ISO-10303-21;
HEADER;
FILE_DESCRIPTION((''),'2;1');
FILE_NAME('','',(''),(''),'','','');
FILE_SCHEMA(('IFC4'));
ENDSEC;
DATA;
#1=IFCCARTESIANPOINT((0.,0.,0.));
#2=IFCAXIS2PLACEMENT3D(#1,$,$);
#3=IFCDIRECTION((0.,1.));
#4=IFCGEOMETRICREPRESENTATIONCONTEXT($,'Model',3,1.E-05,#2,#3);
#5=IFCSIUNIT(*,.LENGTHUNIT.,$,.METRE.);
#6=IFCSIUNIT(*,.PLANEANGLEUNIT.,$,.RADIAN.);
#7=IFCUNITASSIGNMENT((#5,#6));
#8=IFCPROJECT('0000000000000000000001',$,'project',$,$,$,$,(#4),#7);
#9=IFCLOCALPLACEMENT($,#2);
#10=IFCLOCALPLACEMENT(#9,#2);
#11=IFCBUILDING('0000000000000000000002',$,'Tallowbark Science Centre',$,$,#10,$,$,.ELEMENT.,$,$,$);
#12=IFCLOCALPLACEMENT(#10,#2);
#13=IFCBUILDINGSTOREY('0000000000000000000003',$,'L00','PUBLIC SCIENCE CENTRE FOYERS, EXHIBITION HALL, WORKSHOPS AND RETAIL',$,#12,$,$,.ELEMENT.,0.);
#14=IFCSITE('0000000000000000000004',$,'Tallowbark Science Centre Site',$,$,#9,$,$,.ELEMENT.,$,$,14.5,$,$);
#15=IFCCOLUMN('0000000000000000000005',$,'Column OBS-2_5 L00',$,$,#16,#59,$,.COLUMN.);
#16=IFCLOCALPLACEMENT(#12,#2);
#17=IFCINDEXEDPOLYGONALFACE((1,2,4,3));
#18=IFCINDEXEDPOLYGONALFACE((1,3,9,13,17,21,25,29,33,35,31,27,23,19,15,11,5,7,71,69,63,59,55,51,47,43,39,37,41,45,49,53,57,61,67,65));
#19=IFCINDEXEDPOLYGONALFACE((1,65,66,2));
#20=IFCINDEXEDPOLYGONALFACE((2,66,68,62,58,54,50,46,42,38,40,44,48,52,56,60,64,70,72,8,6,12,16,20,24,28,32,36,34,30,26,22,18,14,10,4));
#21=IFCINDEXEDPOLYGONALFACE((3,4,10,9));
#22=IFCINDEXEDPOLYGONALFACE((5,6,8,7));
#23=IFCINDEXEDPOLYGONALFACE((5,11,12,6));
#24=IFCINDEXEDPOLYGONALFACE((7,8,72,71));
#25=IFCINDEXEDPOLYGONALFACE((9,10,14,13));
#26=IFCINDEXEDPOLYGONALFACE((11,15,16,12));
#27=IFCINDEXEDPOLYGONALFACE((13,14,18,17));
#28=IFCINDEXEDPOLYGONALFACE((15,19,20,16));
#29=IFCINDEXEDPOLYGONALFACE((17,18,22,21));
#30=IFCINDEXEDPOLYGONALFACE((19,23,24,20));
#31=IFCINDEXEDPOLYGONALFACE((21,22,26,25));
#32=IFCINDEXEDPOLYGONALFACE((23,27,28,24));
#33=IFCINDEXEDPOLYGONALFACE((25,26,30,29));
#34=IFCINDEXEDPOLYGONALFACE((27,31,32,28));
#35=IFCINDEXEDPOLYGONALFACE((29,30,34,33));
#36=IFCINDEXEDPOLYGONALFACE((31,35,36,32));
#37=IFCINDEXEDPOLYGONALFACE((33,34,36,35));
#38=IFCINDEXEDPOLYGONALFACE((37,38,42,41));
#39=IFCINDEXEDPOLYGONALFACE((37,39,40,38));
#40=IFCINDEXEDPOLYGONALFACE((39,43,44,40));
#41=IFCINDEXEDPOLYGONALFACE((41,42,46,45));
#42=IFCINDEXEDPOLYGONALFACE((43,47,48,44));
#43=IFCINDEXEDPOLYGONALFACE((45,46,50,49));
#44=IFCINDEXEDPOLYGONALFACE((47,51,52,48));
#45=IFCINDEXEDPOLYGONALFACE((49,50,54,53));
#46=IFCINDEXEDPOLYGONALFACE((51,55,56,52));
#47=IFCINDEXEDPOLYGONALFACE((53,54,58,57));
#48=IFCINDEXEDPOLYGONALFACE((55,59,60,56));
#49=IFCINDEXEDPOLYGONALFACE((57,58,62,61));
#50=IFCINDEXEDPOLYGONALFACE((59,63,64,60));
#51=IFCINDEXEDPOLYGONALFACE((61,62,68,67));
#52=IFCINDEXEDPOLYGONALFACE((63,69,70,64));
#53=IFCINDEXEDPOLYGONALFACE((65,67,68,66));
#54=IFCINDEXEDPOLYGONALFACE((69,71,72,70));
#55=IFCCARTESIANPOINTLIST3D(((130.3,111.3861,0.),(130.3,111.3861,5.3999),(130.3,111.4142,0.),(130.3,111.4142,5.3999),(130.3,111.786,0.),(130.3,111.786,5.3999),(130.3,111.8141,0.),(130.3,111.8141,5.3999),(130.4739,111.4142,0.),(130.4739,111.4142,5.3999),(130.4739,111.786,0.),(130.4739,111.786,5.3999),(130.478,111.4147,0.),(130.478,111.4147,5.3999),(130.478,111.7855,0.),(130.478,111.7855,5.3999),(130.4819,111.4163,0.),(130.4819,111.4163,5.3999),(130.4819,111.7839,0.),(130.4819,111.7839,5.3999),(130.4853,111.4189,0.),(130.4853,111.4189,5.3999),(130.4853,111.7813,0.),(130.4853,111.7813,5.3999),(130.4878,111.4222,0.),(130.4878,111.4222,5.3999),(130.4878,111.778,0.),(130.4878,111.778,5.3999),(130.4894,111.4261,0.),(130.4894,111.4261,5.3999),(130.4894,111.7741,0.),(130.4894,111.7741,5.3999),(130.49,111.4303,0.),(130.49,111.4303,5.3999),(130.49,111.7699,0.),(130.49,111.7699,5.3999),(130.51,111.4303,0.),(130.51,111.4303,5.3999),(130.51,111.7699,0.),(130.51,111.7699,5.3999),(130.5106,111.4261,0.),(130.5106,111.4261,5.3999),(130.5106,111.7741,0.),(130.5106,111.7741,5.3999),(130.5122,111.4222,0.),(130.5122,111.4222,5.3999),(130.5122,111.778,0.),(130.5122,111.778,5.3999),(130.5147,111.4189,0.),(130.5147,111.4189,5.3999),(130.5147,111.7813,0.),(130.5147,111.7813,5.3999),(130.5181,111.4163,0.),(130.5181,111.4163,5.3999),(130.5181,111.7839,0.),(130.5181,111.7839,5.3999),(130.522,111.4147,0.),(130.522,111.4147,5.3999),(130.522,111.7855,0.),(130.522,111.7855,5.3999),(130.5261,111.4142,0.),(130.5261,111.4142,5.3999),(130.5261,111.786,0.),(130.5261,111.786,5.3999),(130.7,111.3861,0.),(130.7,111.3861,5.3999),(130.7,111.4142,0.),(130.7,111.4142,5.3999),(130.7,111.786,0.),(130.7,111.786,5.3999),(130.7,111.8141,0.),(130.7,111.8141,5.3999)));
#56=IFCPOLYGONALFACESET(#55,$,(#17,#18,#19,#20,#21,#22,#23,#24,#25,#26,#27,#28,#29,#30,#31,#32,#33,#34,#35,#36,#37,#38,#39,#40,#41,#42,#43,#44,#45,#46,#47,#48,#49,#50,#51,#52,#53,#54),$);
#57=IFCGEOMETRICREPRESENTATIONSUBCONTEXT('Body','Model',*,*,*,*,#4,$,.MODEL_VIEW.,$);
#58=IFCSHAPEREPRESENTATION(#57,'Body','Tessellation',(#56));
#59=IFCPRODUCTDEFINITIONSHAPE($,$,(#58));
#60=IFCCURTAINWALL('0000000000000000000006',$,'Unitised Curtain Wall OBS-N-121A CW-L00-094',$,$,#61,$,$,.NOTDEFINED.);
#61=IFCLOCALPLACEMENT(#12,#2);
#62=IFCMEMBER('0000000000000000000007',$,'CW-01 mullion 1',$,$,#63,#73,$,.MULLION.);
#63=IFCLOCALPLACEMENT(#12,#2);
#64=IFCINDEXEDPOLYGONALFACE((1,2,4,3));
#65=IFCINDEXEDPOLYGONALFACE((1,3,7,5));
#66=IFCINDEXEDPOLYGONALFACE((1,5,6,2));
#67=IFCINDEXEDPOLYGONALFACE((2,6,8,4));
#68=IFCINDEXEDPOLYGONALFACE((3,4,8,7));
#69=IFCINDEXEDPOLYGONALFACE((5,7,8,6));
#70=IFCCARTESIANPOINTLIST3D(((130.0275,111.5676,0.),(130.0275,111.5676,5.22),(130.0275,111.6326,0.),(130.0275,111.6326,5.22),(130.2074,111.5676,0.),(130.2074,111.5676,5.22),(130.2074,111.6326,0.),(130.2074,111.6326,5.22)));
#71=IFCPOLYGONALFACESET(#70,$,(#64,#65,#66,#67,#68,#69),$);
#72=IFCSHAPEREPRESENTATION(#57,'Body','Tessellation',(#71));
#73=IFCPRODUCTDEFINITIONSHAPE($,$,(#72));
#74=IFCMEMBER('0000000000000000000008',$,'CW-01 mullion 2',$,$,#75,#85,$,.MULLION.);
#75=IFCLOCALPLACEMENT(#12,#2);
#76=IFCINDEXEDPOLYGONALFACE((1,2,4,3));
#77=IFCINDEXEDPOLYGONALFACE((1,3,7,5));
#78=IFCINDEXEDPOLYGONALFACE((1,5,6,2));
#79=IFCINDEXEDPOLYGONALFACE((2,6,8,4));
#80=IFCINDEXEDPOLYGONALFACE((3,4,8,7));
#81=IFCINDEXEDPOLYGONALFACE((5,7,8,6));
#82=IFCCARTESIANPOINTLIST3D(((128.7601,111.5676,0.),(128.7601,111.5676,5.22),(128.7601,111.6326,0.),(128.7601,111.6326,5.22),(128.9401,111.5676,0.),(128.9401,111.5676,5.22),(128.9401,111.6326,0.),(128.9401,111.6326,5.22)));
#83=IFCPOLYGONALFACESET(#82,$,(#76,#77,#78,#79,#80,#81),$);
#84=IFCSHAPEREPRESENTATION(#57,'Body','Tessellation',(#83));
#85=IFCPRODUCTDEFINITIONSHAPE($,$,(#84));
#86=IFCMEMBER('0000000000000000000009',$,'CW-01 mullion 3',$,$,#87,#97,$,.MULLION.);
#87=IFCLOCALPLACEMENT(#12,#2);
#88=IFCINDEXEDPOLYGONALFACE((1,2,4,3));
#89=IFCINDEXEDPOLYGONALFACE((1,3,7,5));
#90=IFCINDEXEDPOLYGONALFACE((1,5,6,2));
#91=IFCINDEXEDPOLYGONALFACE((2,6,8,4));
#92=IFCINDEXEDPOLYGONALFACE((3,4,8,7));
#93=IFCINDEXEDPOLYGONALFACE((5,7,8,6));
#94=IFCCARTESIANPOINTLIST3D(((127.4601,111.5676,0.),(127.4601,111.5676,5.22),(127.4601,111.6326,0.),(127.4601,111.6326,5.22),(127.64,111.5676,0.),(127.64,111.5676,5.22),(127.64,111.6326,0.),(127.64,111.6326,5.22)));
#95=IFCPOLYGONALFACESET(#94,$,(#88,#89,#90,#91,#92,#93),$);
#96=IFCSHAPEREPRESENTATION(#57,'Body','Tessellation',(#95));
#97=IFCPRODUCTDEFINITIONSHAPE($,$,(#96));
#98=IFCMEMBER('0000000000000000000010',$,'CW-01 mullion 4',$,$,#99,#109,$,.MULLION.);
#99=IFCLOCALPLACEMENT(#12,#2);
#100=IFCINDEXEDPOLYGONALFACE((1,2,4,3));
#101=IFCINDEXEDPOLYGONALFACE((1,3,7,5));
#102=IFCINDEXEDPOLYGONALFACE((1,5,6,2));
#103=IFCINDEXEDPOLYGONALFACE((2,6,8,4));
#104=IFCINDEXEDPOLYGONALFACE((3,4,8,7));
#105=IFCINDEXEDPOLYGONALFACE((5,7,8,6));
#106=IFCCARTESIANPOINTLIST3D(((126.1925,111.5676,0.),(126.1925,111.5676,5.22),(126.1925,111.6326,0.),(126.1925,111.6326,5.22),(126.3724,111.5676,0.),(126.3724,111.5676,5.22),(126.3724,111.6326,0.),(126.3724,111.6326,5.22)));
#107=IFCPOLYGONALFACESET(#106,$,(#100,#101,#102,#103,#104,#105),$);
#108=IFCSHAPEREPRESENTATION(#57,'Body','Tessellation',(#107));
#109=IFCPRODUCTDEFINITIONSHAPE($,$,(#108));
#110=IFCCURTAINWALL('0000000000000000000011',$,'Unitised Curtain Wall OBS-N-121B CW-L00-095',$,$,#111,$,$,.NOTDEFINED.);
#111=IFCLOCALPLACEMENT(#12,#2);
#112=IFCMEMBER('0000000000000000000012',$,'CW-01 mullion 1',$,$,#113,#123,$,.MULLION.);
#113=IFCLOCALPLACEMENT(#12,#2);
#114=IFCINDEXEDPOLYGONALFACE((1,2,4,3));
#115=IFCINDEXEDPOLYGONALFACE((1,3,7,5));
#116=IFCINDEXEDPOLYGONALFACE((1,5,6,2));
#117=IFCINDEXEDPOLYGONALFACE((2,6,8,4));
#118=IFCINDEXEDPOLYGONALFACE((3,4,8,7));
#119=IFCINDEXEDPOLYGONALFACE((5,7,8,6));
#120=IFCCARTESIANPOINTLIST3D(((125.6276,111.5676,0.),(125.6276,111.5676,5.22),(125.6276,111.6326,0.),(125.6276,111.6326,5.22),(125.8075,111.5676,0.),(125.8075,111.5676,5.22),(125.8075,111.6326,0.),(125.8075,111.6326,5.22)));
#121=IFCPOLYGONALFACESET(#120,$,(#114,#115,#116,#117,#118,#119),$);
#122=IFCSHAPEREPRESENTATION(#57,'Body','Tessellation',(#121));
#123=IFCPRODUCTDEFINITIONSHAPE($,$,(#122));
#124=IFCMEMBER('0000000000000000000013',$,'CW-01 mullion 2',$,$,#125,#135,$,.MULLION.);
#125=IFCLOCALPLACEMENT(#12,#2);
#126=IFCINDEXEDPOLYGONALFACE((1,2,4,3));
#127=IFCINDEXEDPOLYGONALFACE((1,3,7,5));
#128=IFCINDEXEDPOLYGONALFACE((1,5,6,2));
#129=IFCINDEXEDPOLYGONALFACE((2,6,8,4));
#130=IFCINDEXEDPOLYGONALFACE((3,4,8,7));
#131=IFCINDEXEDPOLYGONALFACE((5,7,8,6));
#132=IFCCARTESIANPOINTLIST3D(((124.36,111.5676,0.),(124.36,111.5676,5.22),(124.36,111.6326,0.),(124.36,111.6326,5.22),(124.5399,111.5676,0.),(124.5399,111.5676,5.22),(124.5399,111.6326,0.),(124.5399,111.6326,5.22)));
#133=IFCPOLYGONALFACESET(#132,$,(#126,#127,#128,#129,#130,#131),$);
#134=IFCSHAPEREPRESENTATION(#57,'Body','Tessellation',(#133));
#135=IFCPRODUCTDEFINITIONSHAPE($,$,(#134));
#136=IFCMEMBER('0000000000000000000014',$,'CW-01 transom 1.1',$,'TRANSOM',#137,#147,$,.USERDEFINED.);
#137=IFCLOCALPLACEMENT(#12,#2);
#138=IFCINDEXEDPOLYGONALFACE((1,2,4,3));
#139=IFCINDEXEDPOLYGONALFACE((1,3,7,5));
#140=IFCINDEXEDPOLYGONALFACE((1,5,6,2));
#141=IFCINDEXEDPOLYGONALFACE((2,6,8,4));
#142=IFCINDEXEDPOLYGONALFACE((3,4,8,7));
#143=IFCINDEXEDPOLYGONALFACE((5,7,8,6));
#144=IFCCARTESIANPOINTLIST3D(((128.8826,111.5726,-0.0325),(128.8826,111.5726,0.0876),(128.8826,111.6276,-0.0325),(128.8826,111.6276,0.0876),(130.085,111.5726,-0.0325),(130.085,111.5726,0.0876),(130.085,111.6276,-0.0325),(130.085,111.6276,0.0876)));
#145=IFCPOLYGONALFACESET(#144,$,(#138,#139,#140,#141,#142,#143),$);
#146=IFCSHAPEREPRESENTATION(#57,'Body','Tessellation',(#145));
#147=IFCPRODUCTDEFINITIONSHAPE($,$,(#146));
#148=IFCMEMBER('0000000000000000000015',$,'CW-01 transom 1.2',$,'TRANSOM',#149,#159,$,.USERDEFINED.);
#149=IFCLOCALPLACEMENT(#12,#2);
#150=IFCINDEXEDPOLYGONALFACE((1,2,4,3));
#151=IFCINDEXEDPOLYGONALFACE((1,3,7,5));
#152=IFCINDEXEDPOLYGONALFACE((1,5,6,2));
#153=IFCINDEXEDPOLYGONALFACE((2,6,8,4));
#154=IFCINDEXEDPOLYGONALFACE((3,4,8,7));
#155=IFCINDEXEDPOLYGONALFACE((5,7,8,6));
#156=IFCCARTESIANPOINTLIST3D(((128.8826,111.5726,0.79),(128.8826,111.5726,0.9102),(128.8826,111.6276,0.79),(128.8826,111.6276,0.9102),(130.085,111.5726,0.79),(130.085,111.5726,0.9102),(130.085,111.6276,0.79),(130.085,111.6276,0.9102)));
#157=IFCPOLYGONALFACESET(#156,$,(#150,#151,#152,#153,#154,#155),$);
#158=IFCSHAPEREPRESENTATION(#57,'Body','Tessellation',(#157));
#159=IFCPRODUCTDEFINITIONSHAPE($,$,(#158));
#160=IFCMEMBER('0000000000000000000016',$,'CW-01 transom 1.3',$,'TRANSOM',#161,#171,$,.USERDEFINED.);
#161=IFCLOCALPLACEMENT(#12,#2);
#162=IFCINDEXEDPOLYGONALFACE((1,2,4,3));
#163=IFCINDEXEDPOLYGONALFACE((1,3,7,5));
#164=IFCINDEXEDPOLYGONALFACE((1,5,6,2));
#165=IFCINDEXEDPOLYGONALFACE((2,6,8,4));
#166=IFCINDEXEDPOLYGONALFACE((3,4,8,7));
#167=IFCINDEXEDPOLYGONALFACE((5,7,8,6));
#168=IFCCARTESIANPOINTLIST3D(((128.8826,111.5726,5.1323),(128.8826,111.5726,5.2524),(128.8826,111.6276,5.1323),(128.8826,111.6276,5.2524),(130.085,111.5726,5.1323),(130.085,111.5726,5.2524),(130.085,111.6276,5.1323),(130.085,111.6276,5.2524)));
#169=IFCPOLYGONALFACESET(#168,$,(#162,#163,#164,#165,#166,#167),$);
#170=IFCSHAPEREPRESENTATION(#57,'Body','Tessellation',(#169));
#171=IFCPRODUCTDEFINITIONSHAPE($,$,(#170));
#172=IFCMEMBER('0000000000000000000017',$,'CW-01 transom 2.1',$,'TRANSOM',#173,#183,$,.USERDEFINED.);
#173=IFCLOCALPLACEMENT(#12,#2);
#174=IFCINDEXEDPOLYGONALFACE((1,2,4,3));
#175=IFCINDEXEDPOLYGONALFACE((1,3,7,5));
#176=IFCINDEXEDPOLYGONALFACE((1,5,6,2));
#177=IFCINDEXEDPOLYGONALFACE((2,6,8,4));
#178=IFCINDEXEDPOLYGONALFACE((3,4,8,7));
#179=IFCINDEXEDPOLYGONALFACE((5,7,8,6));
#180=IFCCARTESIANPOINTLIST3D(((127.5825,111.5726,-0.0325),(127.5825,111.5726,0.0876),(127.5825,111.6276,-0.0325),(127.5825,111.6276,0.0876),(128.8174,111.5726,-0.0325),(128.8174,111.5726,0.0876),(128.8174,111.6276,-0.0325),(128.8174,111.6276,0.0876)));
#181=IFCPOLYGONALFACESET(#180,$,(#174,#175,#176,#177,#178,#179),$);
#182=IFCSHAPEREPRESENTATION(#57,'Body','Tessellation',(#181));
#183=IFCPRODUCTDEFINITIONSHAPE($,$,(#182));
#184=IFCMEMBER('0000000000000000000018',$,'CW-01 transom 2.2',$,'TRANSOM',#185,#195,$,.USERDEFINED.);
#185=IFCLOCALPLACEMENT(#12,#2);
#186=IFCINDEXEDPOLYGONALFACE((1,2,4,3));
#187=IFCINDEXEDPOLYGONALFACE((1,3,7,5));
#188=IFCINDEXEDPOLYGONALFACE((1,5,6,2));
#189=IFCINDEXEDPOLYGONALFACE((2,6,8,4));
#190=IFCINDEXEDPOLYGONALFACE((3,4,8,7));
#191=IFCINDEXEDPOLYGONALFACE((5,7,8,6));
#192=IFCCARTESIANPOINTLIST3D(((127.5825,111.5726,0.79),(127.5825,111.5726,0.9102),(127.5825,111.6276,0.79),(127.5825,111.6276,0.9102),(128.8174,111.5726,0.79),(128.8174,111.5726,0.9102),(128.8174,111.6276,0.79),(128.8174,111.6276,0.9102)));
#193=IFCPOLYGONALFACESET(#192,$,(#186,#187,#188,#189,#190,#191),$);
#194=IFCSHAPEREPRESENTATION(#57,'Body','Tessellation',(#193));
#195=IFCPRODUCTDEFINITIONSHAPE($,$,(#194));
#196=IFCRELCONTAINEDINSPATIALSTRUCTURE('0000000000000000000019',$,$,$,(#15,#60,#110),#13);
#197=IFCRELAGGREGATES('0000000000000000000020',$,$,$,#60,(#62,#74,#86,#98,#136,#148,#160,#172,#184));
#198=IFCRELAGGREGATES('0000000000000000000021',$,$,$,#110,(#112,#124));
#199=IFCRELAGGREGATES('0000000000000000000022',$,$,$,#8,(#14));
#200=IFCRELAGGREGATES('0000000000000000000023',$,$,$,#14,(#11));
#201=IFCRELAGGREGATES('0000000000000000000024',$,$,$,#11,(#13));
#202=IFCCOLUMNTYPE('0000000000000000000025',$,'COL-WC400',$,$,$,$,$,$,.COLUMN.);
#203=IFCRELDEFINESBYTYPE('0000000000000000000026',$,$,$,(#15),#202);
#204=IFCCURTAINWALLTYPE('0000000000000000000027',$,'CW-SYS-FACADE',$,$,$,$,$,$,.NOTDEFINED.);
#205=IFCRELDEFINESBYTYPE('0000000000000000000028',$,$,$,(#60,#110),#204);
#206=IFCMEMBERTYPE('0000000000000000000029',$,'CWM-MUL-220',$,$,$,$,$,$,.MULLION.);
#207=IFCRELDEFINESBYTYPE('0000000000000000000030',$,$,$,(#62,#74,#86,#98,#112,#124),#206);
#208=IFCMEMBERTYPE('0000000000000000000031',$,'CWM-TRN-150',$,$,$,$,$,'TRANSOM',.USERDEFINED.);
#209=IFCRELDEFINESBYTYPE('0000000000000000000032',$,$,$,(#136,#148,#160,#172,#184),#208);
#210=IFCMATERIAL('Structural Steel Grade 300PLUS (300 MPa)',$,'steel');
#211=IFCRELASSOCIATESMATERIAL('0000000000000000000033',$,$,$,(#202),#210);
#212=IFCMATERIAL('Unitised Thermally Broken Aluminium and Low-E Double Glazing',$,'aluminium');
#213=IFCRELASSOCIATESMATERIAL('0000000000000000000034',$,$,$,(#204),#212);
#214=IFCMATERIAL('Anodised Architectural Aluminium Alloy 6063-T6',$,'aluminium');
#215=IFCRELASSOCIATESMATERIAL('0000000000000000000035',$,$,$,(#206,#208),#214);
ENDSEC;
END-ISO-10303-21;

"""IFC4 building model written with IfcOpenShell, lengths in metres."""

from ifc_helpers import new_model, si_unit, direction, frame, origin, origin_2d, place, context, subcontext, project, spatial, rectangle, i_section, extrude, material, material_profile, profile_set, type_object, element, aggregate, save


model = new_model("IFC4")

# Units and contexts
model_context = context("Model", 3, precision=1e-05, world=origin(), true_north=direction((0.0, 1.0)))
body_context = subcontext(model_context, "Body", "Model", "MODEL_VIEW")
ifc_project = project(units=[si_unit("LENGTHUNIT", "METRE"), si_unit("PLANEANGLEUNIT", "RADIAN")], contexts=[model_context])

# Site, building, storey
site_placement = place(None, origin())
site = spatial("IfcSite", under=ifc_project, at=site_placement, Name="Tallowbark Science Centre Site", CompositionType="ELEMENT", RefElevation=14.5)
building_placement = place(site_placement, origin())
building = spatial("IfcBuilding", under=site, at=building_placement, Name="Tallowbark Science Centre", CompositionType="ELEMENT")
storey_placement = place(building_placement, origin())
storey = spatial("IfcBuildingStorey", under=building, at=storey_placement, Name="L00", Description="PUBLIC SCIENCE CENTRE FOYERS, EXHIBITION HALL, WORKSHOPS AND RETAIL", CompositionType="ELEMENT", Elevation=0.0)

# Column
ifc_material_1 = material(Name="Structural Steel Grade 300PLUS (300 MPa)", Category="steel")
ifc_material_profile_1 = material_profile(ifc_material_1, i_section(OverallWidth=0.3999, OverallDepth=0.428, WebThickness=0.02, FlangeThickness=0.0281, FilletRadius=0.0161, at=origin_2d()), Name="400WC270")
ifc_profile_set_1 = profile_set([ifc_material_profile_1], Name="Structural Steel Grade 300PLUS (300 MPa)")
column_type = type_object("IfcColumnType", Name="COL-WC400", PredefinedType="COLUMN", material=ifc_profile_set_1)
column_placement = place(storey_placement, frame((130.5, 111.6001, 0.0), z_axis=(0.0, 0.0, 1.0), x_axis=(1.0, 0.0, 0.0)))
element("IfcColumn", 1, at=column_placement, inside=storey, type_object=column_type, Name="Column OBS-2_5 L00", PredefinedType="COLUMN", context=body_context, shape_type="SweptSolid", body=[
    extrude(i_section(OverallWidth=0.3999, OverallDepth=0.428, WebThickness=0.02, FlangeThickness=0.0281, FilletRadius=0.0161, at=origin_2d()), origin(), (0.0, 0.0, 1.0), 5.3999),
])

# Curtain walls, members
ifc_material_2 = material(Name="Unitised Thermally Broken Aluminium and Low-E Double Glazing", Category="aluminium")
curtain_wall_type = type_object("IfcCurtainWallType", Name="CW-SYS-FACADE", PredefinedType="NOTDEFINED", material=ifc_material_2)
curtain_wall_1_placement = place(storey_placement, origin())
curtain_wall_1 = element("IfcCurtainWall", 2, at=curtain_wall_1_placement, inside=storey, type_object=curtain_wall_type, Name="Unitised Curtain Wall OBS-N-121A CW-L00-094", PredefinedType="NOTDEFINED")
ifc_material_3 = material(Name="Anodised Architectural Aluminium Alloy 6063-T6", Category="aluminium")
ifc_material_profile_2 = material_profile(ifc_material_3, rectangle(XDim=0.0649, YDim=0.1799, at=origin_2d()), Name="ALU65x180")
ifc_profile_set_2 = profile_set([ifc_material_profile_2], Name="Anodised Architectural Aluminium Alloy 6063-T6")
member_type_1 = type_object("IfcMemberType", Name="CWM-MUL-220", PredefinedType="MULLION", material=ifc_profile_set_2)
member_1_placement = place(storey_placement, frame((130.1174, 111.6001, 0.0), z_axis=(0.0, 0.0, 1.0), x_axis=(0.0, -1.0, 0.0)))
member_1 = element("IfcMember", 3, at=member_1_placement, type_object=member_type_1, Name="CW-01 mullion 1", PredefinedType="MULLION", context=body_context, shape_type="SweptSolid", body=[
    extrude(rectangle(XDim=0.0649, YDim=0.1799, at=origin_2d()), origin(), (0.0, 0.0, 1.0), 5.22),
])
member_2_placement = place(storey_placement, frame((128.8501, 111.6001, 0.0), z_axis=(0.0, 0.0, 1.0), x_axis=(0.0, -1.0, 0.0)))
member_2 = element("IfcMember", 4, at=member_2_placement, type_object=member_type_1, Name="CW-01 mullion 2", PredefinedType="MULLION", context=body_context, shape_type="SweptSolid", body=[
    extrude(rectangle(XDim=0.0649, YDim=0.1799, at=origin_2d()), origin(), (0.0, 0.0, 1.0), 5.22),
])
member_3_placement = place(storey_placement, frame((127.55, 111.6001, 0.0), z_axis=(0.0, 0.0, 1.0), x_axis=(0.0, -1.0, 0.0)))
member_3 = element("IfcMember", 5, at=member_3_placement, type_object=member_type_1, Name="CW-01 mullion 3", PredefinedType="MULLION", context=body_context, shape_type="SweptSolid", body=[
    extrude(rectangle(XDim=0.0649, YDim=0.1799, at=origin_2d()), origin(), (0.0, 0.0, 1.0), 5.22),
])
member_4_placement = place(storey_placement, frame((126.2825, 111.6001, 0.0), z_axis=(0.0, 0.0, 1.0), x_axis=(0.0, -1.0, 0.0)))
member_4 = element("IfcMember", 6, at=member_4_placement, type_object=member_type_1, Name="CW-01 mullion 4", PredefinedType="MULLION", context=body_context, shape_type="SweptSolid", body=[
    extrude(rectangle(XDim=0.0649, YDim=0.1799, at=origin_2d()), origin(), (0.0, 0.0, 1.0), 5.22),
])
curtain_wall_2_placement = place(storey_placement, origin())
curtain_wall_2 = element("IfcCurtainWall", 7, at=curtain_wall_2_placement, inside=storey, type_object=curtain_wall_type, Name="Unitised Curtain Wall OBS-N-121B CW-L00-095", PredefinedType="NOTDEFINED")
member_5_placement = place(storey_placement, frame((125.7175, 111.6001, 0.0), z_axis=(0.0, 0.0, 1.0), x_axis=(0.0, -1.0, 0.0)))
member_5 = element("IfcMember", 8, at=member_5_placement, type_object=member_type_1, Name="CW-01 mullion 1", PredefinedType="MULLION", context=body_context, shape_type="SweptSolid", body=[
    extrude(rectangle(XDim=0.0649, YDim=0.1799, at=origin_2d()), origin(), (0.0, 0.0, 1.0), 5.22),
])
member_6_placement = place(storey_placement, frame((124.45, 111.6001, 0.0), z_axis=(0.0, 0.0, 1.0), x_axis=(0.0, -1.0, 0.0)))
member_6 = element("IfcMember", 9, at=member_6_placement, type_object=member_type_1, Name="CW-01 mullion 2", PredefinedType="MULLION", context=body_context, shape_type="SweptSolid", body=[
    extrude(rectangle(XDim=0.0649, YDim=0.1799, at=origin_2d()), origin(), (0.0, 0.0, 1.0), 5.22),
])

# Members
ifc_material_profile_3 = material_profile(ifc_material_3, rectangle(XDim=0.0549, YDim=0.1201, at=origin_2d()), Name="ALU55x120")
ifc_profile_set_3 = profile_set([ifc_material_profile_3], Name="Anodised Architectural Aluminium Alloy 6063-T6")
member_type_2 = type_object("IfcMemberType", Name="CWM-TRN-150", ElementType="TRANSOM", PredefinedType="USERDEFINED", material=ifc_profile_set_3)
member_7_placement = place(storey_placement, frame((130.085, 111.6001, 0.0276), z_axis=(-1.0, 0.0, 0.0), x_axis=(0.0, -1.0, 0.0)))
member_7 = element("IfcMember", 10, at=member_7_placement, type_object=member_type_2, Name="CW-01 transom 1.1", ObjectType="TRANSOM", PredefinedType="USERDEFINED", context=body_context, shape_type="SweptSolid", body=[
    extrude(rectangle(XDim=0.0549, YDim=0.1201, at=origin_2d()), origin(), (0.0, 0.0, 1.0), 1.2024),
])
member_8_placement = place(storey_placement, frame((130.085, 111.6001, 0.8501), z_axis=(-1.0, 0.0, 0.0), x_axis=(0.0, -1.0, 0.0)))
member_8 = element("IfcMember", 11, at=member_8_placement, type_object=member_type_2, Name="CW-01 transom 1.2", ObjectType="TRANSOM", PredefinedType="USERDEFINED", context=body_context, shape_type="SweptSolid", body=[
    extrude(rectangle(XDim=0.0549, YDim=0.1201, at=origin_2d()), origin(), (0.0, 0.0, 1.0), 1.2024),
])
member_9_placement = place(storey_placement, frame((130.085, 111.6001, 5.1924), z_axis=(-1.0, 0.0, 0.0), x_axis=(0.0, -1.0, 0.0)))
member_9 = element("IfcMember", 12, at=member_9_placement, type_object=member_type_2, Name="CW-01 transom 1.3", ObjectType="TRANSOM", PredefinedType="USERDEFINED", context=body_context, shape_type="SweptSolid", body=[
    extrude(rectangle(XDim=0.0549, YDim=0.1201, at=origin_2d()), origin(), (0.0, 0.0, 1.0), 1.2024),
])
member_10_placement = place(storey_placement, frame((128.8174, 111.6001, 0.0276), z_axis=(-1.0, 0.0, 0.0), x_axis=(0.0, -1.0, 0.0)))
member_10 = element("IfcMember", 13, at=member_10_placement, type_object=member_type_2, Name="CW-01 transom 2.1", ObjectType="TRANSOM", PredefinedType="USERDEFINED", context=body_context, shape_type="SweptSolid", body=[
    extrude(rectangle(XDim=0.0549, YDim=0.1201, at=origin_2d()), origin(), (0.0, 0.0, 1.0), 1.2349),
])
member_11_placement = place(storey_placement, frame((128.8174, 111.6001, 0.8501), z_axis=(-1.0, 0.0, 0.0), x_axis=(0.0, -1.0, 0.0)))
member_11 = element("IfcMember", 14, at=member_11_placement, type_object=member_type_2, Name="CW-01 transom 2.2", ObjectType="TRANSOM", PredefinedType="USERDEFINED", context=body_context, shape_type="SweptSolid", body=[
    extrude(rectangle(XDim=0.0549, YDim=0.1201, at=origin_2d()), origin(), (0.0, 0.0, 1.0), 1.2349),
])

aggregate(curtain_wall_1, [member_1, member_2, member_3, member_4, member_7, member_8, member_9, member_10, member_11])
aggregate(curtain_wall_2, [member_5, member_6])

save(model, "model.ifc")
